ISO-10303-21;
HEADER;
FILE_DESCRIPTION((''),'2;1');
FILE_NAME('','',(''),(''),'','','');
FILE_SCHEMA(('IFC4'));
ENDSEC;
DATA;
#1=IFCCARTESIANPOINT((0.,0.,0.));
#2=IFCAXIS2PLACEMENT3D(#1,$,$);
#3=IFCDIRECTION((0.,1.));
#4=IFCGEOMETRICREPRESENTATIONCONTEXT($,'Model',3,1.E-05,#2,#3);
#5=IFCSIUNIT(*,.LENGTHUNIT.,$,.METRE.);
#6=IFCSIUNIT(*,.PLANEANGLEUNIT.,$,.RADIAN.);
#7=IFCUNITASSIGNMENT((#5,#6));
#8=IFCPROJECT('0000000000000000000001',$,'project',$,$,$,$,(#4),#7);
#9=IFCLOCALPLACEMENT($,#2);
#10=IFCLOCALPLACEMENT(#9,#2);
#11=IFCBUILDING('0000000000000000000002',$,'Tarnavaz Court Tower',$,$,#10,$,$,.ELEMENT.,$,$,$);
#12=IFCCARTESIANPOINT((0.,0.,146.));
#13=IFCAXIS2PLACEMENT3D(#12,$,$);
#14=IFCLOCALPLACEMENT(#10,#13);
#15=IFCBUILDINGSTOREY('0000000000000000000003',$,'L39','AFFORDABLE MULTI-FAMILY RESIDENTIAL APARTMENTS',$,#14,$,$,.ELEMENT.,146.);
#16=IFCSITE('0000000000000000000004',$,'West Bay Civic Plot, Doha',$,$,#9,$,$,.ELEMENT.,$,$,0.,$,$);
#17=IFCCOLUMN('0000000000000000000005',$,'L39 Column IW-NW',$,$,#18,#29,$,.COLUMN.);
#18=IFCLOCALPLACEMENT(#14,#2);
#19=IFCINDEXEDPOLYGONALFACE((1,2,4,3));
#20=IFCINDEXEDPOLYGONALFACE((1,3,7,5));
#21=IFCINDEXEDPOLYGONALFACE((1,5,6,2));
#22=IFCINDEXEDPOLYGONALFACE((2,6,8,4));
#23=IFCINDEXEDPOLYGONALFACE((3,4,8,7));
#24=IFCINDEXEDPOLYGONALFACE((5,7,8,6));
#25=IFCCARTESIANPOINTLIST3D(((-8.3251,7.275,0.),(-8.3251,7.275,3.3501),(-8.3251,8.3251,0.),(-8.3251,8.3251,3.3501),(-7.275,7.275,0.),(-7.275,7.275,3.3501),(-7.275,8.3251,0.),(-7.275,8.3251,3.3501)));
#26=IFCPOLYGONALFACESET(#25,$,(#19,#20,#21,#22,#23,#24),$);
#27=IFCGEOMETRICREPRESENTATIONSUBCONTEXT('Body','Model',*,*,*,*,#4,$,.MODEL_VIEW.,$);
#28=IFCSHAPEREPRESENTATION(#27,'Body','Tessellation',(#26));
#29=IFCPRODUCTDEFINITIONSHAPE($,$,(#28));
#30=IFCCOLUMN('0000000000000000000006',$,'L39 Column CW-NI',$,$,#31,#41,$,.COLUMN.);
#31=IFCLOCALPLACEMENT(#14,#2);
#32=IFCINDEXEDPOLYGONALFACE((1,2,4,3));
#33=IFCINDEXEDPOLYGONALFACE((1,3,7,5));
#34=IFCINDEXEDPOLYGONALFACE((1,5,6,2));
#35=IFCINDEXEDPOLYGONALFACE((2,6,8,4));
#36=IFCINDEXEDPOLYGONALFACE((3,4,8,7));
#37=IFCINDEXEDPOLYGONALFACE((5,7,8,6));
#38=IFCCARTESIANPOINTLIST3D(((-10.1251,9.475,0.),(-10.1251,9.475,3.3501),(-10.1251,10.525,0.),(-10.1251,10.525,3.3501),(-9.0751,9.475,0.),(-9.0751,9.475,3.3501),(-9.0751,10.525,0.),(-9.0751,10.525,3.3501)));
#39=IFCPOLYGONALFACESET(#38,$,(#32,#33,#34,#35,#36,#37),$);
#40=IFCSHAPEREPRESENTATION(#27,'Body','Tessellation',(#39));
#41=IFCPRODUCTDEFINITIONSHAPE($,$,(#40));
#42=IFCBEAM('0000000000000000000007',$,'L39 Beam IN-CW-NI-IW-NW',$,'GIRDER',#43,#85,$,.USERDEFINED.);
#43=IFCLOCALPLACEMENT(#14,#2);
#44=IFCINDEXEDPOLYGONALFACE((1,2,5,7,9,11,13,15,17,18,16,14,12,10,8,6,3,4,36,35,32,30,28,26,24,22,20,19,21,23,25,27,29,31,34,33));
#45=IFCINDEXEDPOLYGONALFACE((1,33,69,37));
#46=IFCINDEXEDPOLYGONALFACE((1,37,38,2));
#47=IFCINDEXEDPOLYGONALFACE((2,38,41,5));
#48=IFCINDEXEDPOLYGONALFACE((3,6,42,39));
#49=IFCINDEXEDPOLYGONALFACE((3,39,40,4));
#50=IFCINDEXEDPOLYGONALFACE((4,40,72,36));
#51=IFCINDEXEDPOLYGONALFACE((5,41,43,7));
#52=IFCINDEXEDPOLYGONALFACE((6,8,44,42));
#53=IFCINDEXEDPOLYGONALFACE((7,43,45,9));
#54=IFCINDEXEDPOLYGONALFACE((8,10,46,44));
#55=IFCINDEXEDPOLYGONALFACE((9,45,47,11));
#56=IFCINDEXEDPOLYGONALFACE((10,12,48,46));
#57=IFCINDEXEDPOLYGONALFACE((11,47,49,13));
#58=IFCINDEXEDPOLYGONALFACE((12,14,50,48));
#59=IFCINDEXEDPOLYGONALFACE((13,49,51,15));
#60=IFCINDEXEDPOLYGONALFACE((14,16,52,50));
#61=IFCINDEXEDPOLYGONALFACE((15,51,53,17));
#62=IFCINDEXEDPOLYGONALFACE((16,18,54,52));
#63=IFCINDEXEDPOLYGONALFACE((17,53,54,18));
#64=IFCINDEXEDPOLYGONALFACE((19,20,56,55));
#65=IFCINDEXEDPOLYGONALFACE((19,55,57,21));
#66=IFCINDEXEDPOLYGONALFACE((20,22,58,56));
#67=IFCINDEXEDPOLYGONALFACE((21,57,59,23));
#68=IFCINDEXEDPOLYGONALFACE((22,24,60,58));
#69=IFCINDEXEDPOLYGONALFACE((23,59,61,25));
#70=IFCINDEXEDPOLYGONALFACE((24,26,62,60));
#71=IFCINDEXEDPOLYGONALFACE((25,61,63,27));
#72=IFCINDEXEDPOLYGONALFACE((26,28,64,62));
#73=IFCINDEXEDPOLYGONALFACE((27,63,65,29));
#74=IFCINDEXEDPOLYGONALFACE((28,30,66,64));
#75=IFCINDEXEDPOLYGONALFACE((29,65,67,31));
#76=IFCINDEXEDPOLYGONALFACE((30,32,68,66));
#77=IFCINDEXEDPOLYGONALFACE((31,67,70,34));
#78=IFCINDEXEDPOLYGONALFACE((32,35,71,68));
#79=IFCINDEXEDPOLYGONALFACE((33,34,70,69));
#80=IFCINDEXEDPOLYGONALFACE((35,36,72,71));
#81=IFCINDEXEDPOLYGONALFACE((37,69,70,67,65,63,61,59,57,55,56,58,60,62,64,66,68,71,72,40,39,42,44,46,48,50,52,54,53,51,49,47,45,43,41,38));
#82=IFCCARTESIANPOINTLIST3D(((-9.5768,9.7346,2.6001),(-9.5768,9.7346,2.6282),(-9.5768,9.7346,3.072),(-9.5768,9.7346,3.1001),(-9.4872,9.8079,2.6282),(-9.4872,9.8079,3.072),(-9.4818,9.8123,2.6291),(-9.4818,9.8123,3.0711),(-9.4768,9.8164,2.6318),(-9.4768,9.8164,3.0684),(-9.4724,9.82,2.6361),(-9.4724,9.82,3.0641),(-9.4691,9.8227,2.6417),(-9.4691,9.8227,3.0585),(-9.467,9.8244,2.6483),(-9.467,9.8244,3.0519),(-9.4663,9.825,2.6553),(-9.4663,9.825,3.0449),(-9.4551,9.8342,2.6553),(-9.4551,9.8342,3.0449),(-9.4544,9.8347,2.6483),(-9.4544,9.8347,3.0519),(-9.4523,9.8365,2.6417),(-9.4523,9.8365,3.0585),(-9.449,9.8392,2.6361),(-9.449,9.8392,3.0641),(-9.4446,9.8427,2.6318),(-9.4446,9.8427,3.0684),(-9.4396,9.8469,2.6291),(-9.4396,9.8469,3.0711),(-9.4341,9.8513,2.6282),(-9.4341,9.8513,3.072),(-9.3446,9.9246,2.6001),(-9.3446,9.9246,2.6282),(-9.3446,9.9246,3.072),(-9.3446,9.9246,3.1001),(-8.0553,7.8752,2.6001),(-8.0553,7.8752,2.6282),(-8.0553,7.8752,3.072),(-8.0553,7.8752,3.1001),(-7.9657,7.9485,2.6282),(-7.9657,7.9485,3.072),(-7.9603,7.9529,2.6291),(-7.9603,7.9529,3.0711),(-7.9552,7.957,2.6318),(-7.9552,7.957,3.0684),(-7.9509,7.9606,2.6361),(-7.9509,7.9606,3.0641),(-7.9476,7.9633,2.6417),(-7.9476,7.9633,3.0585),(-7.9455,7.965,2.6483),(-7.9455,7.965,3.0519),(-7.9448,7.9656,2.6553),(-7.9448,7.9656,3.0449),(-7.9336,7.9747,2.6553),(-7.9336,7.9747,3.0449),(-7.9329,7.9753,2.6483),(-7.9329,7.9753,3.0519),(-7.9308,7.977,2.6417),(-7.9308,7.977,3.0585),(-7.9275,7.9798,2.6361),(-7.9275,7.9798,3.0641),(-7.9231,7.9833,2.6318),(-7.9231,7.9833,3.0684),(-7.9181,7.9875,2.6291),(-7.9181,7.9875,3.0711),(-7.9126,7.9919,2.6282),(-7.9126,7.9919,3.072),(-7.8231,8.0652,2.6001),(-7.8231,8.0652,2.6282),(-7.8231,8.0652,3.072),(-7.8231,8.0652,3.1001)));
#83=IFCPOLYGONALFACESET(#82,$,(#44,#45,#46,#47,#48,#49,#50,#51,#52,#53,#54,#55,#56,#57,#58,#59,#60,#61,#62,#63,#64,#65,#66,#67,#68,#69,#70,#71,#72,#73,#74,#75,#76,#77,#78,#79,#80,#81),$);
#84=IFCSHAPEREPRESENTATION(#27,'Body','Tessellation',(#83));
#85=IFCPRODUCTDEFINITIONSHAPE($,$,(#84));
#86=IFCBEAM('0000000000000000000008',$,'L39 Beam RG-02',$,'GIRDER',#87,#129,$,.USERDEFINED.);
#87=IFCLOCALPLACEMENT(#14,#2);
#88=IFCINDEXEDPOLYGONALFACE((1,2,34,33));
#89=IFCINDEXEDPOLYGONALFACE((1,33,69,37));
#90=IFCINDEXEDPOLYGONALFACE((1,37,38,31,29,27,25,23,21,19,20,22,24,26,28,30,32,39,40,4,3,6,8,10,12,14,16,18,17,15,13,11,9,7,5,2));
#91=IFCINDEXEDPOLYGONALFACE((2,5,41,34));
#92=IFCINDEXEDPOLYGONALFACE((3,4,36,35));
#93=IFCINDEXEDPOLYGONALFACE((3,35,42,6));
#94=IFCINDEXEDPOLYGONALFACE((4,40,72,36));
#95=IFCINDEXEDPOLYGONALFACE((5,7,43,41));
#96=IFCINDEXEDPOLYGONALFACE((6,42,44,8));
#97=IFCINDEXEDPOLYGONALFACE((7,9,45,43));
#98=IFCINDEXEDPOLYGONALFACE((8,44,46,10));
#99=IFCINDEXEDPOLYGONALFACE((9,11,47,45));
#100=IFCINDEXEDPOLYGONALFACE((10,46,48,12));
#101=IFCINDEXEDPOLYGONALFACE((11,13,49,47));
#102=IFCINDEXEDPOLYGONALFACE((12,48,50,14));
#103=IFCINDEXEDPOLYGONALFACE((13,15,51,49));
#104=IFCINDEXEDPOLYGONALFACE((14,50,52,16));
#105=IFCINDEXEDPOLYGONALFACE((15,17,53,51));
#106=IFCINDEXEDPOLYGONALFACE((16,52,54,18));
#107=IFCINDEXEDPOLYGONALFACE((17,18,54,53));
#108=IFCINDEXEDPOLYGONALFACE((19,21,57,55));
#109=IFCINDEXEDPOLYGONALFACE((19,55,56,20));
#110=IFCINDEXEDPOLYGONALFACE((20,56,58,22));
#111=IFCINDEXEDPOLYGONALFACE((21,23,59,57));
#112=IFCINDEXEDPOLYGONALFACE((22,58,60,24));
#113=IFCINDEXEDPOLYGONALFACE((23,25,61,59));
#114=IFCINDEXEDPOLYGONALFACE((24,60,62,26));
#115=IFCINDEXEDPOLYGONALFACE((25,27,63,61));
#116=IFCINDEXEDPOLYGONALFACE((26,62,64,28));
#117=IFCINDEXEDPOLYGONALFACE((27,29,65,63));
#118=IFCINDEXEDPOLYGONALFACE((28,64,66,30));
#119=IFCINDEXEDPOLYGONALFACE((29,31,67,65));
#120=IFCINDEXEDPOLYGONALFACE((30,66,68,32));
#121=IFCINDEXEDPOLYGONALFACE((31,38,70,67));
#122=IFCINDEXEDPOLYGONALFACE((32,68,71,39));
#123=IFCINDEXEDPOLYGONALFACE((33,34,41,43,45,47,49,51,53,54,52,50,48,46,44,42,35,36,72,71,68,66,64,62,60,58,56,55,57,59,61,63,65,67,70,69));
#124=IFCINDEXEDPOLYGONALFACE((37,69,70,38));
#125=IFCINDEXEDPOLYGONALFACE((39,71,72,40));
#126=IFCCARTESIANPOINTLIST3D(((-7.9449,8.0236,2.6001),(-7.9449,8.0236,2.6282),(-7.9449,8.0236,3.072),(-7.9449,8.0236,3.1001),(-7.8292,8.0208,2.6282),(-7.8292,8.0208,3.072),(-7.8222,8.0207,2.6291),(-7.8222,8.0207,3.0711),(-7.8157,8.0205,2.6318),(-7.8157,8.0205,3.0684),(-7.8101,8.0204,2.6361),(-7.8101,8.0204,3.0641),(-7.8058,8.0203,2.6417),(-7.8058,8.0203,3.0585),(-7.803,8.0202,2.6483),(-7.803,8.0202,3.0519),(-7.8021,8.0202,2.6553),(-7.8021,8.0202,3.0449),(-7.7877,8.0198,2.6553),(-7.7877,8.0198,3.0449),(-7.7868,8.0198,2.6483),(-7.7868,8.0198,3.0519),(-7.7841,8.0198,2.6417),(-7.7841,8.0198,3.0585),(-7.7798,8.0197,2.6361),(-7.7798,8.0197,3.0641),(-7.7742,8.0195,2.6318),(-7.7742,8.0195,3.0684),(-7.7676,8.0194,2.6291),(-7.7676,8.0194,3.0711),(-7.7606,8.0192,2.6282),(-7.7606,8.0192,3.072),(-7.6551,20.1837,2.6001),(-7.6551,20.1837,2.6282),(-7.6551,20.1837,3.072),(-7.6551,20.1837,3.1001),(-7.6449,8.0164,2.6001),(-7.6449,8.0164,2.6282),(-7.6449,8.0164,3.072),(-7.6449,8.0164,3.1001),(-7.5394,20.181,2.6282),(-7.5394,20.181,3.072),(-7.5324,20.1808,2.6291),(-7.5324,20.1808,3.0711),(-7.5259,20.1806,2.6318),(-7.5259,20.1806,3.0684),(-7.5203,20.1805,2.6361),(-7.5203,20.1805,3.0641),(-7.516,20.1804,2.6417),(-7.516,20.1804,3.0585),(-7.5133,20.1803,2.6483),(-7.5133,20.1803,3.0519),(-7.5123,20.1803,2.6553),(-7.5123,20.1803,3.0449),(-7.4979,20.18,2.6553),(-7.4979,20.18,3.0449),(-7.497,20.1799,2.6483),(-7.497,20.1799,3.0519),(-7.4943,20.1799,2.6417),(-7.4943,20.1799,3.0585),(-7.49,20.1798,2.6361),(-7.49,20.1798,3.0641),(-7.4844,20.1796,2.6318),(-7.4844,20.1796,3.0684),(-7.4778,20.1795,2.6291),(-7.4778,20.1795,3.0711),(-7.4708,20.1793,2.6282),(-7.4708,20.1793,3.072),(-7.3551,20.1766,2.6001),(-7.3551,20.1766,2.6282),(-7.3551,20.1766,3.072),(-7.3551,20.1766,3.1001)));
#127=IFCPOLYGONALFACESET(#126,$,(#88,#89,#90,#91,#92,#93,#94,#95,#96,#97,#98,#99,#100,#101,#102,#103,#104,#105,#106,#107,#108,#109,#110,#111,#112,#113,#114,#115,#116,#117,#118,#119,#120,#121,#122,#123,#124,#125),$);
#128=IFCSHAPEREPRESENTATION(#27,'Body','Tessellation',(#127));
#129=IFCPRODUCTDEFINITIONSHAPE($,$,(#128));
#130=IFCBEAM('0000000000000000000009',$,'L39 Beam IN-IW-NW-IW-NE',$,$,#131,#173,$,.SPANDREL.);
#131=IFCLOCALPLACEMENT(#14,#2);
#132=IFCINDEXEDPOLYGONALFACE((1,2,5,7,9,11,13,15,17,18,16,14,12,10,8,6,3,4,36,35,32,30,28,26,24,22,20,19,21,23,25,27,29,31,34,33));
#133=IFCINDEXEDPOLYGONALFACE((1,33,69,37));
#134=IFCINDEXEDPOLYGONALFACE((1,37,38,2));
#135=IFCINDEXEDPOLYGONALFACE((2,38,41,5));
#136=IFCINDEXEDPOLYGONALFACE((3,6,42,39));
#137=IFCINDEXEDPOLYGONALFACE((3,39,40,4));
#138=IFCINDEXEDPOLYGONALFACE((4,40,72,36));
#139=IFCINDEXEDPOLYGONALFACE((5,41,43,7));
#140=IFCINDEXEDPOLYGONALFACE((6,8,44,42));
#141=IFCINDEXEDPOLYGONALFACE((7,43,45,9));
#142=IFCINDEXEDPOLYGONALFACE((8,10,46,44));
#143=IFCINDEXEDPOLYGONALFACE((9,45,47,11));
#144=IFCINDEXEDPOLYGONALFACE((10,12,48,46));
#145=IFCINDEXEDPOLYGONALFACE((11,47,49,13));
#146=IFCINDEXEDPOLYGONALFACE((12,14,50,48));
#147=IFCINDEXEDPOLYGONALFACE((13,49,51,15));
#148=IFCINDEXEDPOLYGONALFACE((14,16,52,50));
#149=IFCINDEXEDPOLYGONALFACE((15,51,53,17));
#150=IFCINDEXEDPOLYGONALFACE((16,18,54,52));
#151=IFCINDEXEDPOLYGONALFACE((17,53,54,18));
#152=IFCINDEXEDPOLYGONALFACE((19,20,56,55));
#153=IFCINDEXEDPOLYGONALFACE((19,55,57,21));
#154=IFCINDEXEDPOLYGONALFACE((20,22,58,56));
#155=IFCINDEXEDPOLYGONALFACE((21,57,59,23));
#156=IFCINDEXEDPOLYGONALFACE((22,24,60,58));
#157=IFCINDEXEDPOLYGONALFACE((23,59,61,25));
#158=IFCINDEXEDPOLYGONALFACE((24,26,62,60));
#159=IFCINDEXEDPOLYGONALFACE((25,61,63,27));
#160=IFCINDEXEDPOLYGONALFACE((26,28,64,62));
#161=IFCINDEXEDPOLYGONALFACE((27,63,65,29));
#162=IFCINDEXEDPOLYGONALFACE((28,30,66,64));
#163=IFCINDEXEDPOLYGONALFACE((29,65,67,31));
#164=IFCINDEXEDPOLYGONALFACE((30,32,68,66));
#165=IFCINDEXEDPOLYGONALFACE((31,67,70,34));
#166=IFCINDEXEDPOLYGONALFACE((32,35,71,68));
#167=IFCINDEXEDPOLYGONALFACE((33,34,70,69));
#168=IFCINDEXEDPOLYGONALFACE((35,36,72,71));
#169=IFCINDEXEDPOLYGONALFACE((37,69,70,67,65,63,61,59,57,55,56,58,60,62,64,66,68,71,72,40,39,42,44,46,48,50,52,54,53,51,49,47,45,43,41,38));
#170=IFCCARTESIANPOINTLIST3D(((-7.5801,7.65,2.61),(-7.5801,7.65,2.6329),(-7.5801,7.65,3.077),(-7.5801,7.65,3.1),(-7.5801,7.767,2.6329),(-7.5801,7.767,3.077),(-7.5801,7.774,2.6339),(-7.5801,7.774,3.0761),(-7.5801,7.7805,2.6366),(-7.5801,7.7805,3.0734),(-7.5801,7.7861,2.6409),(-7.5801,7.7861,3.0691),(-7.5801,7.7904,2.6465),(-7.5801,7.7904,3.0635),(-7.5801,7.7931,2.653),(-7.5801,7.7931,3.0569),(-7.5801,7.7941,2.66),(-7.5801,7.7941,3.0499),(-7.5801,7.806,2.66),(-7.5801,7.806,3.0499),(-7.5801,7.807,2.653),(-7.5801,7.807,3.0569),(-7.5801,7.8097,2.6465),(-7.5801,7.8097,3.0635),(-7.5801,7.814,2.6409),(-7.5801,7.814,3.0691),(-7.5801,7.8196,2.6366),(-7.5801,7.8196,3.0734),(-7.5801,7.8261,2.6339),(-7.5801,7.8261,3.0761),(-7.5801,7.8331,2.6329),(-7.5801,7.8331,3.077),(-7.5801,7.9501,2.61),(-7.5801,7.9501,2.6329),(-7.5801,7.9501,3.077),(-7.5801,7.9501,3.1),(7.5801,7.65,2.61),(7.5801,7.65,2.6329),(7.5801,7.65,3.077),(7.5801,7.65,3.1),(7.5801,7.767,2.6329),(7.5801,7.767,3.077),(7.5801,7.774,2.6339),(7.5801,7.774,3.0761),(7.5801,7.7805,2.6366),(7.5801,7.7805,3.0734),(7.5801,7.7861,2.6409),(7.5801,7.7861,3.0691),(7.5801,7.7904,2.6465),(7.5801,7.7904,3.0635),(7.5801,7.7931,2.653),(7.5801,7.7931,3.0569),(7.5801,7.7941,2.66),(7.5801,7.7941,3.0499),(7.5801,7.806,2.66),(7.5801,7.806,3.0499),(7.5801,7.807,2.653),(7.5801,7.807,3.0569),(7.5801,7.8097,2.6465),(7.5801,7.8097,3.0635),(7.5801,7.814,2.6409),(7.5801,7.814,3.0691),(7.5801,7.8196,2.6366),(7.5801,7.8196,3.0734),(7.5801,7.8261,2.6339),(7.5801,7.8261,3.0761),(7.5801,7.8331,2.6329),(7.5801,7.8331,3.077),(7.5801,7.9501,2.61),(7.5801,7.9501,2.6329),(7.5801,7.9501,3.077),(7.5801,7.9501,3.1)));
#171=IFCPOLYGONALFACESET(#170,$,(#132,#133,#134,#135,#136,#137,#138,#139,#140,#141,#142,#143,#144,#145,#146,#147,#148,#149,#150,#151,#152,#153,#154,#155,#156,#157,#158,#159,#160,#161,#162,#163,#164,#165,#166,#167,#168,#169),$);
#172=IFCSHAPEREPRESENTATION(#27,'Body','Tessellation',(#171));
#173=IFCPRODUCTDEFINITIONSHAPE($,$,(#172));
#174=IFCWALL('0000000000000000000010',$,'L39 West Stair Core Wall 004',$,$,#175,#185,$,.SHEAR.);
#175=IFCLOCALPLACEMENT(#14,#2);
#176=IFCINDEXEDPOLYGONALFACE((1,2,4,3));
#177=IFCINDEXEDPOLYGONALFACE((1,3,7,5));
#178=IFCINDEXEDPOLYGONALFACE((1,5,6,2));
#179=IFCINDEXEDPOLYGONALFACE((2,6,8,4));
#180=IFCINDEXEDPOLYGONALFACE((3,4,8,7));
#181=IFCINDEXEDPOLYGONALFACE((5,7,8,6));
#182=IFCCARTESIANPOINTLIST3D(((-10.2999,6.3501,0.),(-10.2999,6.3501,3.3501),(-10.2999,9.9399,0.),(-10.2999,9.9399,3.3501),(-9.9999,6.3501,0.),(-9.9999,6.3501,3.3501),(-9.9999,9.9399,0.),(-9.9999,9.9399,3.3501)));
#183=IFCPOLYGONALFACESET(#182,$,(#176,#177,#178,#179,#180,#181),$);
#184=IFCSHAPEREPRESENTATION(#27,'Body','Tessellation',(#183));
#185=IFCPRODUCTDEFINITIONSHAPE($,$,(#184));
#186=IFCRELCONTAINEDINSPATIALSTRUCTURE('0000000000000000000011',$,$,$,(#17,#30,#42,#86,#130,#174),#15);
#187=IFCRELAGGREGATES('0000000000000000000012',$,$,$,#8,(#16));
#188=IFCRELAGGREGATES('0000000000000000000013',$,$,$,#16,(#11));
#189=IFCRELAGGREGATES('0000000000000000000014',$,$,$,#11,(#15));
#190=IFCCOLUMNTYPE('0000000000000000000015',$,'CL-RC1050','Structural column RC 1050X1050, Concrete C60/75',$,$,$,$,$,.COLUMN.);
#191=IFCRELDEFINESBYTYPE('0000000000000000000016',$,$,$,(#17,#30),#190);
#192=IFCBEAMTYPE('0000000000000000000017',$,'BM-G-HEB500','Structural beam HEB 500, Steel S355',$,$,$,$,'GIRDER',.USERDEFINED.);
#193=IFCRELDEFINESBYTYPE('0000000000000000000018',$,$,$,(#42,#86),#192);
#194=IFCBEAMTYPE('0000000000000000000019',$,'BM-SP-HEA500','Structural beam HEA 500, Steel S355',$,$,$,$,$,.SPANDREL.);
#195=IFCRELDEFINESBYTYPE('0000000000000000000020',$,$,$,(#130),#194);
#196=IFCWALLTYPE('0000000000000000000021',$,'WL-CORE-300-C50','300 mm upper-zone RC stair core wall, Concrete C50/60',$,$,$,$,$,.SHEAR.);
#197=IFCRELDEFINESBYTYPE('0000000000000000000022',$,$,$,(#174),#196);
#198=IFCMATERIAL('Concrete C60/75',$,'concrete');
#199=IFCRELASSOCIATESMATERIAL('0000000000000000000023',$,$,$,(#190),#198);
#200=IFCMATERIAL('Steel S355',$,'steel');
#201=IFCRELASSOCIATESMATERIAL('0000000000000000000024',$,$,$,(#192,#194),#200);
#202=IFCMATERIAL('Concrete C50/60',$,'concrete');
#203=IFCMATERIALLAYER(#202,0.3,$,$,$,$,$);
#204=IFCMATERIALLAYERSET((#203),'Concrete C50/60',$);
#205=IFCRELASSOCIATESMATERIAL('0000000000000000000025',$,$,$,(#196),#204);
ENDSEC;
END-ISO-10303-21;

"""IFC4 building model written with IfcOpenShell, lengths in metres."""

from ifc_helpers import new_model, si_unit, direction, frame, frame_2d, origin, origin_2d, place, context, subcontext, project, spatial, rectangle, i_section, extrude, material, layer, layer_set, material_profile, profile_set, type_object, element, save


model = new_model("IFC4")

# Units and contexts
model_context = context("Model", 3, precision=1e-05, world=origin(), true_north=direction((0.0, 1.0)))
body_context = subcontext(model_context, "Body", "Model", "MODEL_VIEW")
ifc_project = project(units=[si_unit("LENGTHUNIT", "METRE"), si_unit("PLANEANGLEUNIT", "RADIAN")], contexts=[model_context])

# Site, building, storey
site_placement = place(None, origin())
site = spatial("IfcSite", under=ifc_project, at=site_placement, Name="West Bay Civic Plot, Doha", CompositionType="ELEMENT", RefElevation=0.0)
building_placement = place(site_placement, origin())
building = spatial("IfcBuilding", under=site, at=building_placement, Name="Tarnavaz Court Tower", CompositionType="ELEMENT")
storey_placement = place(building_placement, frame((0.0, 0.0, 146.0)))
storey = spatial("IfcBuildingStorey", under=building, at=storey_placement, Name="L39", Description="AFFORDABLE MULTI-FAMILY RESIDENTIAL APARTMENTS", CompositionType="ELEMENT", Elevation=146.0)

# Columns
ifc_material_1 = material(Name="Concrete C60/75", Category="concrete")
ifc_material_profile_1 = material_profile(ifc_material_1, rectangle(XDim=1.05, YDim=1.05, at=origin_2d()), Name="RC 1050X1050")
ifc_profile_set_1 = profile_set([ifc_material_profile_1], Name="Concrete C60/75")
column_type = type_object("IfcColumnType", Name="CL-RC1050", Description="Structural column RC 1050X1050, Concrete C60/75", PredefinedType="COLUMN", material=ifc_profile_set_1)
for number, where, z_axis, x_axis, name in (
    (1, (-7.8, 7.8, 0.0), (0.0, 0.0, 1.0), (1.0, 0.0, 0.0), "L39 Column IW-NW"),
    (2, (-9.6001, 10.0, 0.0), (0.0, 0.0, 1.0), (1.0, 0.0, 0.0), "L39 Column CW-NI"),
):
    element("IfcColumn", number, at=place(storey_placement, frame(where, z_axis=z_axis, x_axis=x_axis)), inside=storey, type_object=column_type, Name=name, PredefinedType="COLUMN", context=body_context, shape_type="SweptSolid", body=[
        extrude(rectangle(XDim=1.05, YDim=1.05, at=origin_2d()), origin(), (0.0, 0.0, 1.0), 3.3501),
    ])

# Beams
ifc_material_2 = material(Name="Steel S355", Category="steel")
ifc_material_profile_2 = material_profile(ifc_material_2, i_section(OverallWidth=0.3, OverallDepth=0.5, WebThickness=0.0144, FlangeThickness=0.0281, FilletRadius=0.0271, at=origin_2d()), Name="HEB 500")
ifc_profile_set_2 = profile_set([ifc_material_profile_2], Name="Steel S355")
beam_type_1 = type_object("IfcBeamType", Name="BM-G-HEB500", Description="Structural beam HEB 500, Steel S355", ElementType="GIRDER", PredefinedType="USERDEFINED", material=ifc_profile_set_2)
beam_1_placement = place(storey_placement, frame((-9.4607, 9.8296, 2.8501), z_axis=(0.633282, -0.773921, 0.0), x_axis=(0.773921, 0.633282, 0.0)))
element("IfcBeam", 3, at=beam_1_placement, inside=storey, type_object=beam_type_1, Name="L39 Beam IN-CW-NI-IW-NW", ObjectType="GIRDER", PredefinedType="USERDEFINED", context=body_context, shape_type="SweptSolid", body=[
    extrude(i_section(OverallWidth=0.3, OverallDepth=0.5, WebThickness=0.0144, FlangeThickness=0.0281, FilletRadius=0.0271, at=origin_2d()), origin(), (0.0, 0.0, 1.0), 2.4026),
])
beam_2_placement = place(storey_placement, frame((-7.7949, 8.02, 2.8501), z_axis=(0.023825, 0.999716, 0.0), x_axis=(-0.999716, 0.023825, 0.0)))
element("IfcBeam", 4, at=beam_2_placement, inside=storey, type_object=beam_type_1, Name="L39 Beam RG-02", ObjectType="GIRDER", PredefinedType="USERDEFINED", context=body_context, shape_type="SweptSolid", body=[
    extrude(i_section(OverallWidth=0.3, OverallDepth=0.5, WebThickness=0.0144, FlangeThickness=0.0281, FilletRadius=0.0271, at=origin_2d()), origin(), (0.0, 0.0, 1.0), 12.1636),
])
ifc_material_profile_3 = material_profile(ifc_material_2, i_section(OverallWidth=0.3, OverallDepth=0.49, WebThickness=0.012, FlangeThickness=0.0229, FilletRadius=0.0271, at=origin_2d()), Name="HEA 500")
ifc_profile_set_3 = profile_set([ifc_material_profile_3], Name="Steel S355")
beam_type_2 = type_object("IfcBeamType", Name="BM-SP-HEA500", Description="Structural beam HEA 500, Steel S355", PredefinedType="SPANDREL", material=ifc_profile_set_3)
beam_3_placement = place(storey_placement, frame((-7.5801, 7.8, 2.855), z_axis=(1.0, 0.0, 0.0), x_axis=(0.0, 1.0, 0.0)))
element("IfcBeam", 5, at=beam_3_placement, inside=storey, type_object=beam_type_2, Name="L39 Beam IN-IW-NW-IW-NE", PredefinedType="SPANDREL", context=body_context, shape_type="SweptSolid", body=[
    extrude(i_section(OverallWidth=0.3, OverallDepth=0.49, WebThickness=0.012, FlangeThickness=0.0229, FilletRadius=0.0271, at=origin_2d()), origin(), (0.0, 0.0, 1.0), 15.1602),
])

# Wall
ifc_material_3 = material(Name="Concrete C50/60", Category="concrete")
ifc_layer_1 = layer(ifc_material_3, 0.3)
ifc_layer_set_1 = layer_set([ifc_layer_1], Name="Concrete C50/60")
wall_type_1 = type_object("IfcWallType", Name="WL-CORE-300-C50", Description="300 mm upper-zone RC stair core wall, Concrete C50/60", PredefinedType="SHEAR", material=ifc_layer_set_1)
wall_1_placement = place(storey_placement, frame((-10.1499, 6.3501, 0.0), z_axis=(0.0, 0.0, 1.0), x_axis=(0.0, 1.0, 0.0)))
element("IfcWall", 6, at=wall_1_placement, inside=storey, type_object=wall_type_1, Name="L39 West Stair Core Wall 004", PredefinedType="SHEAR", context=body_context, shape_type="SweptSolid", body=[
    extrude(rectangle(XDim=3.5898, YDim=0.3, at=frame_2d((1.7949, 0.0))), origin(), (0.0, 0.0, 1.0), 3.3501),
])

save(model, "model.ifc")
